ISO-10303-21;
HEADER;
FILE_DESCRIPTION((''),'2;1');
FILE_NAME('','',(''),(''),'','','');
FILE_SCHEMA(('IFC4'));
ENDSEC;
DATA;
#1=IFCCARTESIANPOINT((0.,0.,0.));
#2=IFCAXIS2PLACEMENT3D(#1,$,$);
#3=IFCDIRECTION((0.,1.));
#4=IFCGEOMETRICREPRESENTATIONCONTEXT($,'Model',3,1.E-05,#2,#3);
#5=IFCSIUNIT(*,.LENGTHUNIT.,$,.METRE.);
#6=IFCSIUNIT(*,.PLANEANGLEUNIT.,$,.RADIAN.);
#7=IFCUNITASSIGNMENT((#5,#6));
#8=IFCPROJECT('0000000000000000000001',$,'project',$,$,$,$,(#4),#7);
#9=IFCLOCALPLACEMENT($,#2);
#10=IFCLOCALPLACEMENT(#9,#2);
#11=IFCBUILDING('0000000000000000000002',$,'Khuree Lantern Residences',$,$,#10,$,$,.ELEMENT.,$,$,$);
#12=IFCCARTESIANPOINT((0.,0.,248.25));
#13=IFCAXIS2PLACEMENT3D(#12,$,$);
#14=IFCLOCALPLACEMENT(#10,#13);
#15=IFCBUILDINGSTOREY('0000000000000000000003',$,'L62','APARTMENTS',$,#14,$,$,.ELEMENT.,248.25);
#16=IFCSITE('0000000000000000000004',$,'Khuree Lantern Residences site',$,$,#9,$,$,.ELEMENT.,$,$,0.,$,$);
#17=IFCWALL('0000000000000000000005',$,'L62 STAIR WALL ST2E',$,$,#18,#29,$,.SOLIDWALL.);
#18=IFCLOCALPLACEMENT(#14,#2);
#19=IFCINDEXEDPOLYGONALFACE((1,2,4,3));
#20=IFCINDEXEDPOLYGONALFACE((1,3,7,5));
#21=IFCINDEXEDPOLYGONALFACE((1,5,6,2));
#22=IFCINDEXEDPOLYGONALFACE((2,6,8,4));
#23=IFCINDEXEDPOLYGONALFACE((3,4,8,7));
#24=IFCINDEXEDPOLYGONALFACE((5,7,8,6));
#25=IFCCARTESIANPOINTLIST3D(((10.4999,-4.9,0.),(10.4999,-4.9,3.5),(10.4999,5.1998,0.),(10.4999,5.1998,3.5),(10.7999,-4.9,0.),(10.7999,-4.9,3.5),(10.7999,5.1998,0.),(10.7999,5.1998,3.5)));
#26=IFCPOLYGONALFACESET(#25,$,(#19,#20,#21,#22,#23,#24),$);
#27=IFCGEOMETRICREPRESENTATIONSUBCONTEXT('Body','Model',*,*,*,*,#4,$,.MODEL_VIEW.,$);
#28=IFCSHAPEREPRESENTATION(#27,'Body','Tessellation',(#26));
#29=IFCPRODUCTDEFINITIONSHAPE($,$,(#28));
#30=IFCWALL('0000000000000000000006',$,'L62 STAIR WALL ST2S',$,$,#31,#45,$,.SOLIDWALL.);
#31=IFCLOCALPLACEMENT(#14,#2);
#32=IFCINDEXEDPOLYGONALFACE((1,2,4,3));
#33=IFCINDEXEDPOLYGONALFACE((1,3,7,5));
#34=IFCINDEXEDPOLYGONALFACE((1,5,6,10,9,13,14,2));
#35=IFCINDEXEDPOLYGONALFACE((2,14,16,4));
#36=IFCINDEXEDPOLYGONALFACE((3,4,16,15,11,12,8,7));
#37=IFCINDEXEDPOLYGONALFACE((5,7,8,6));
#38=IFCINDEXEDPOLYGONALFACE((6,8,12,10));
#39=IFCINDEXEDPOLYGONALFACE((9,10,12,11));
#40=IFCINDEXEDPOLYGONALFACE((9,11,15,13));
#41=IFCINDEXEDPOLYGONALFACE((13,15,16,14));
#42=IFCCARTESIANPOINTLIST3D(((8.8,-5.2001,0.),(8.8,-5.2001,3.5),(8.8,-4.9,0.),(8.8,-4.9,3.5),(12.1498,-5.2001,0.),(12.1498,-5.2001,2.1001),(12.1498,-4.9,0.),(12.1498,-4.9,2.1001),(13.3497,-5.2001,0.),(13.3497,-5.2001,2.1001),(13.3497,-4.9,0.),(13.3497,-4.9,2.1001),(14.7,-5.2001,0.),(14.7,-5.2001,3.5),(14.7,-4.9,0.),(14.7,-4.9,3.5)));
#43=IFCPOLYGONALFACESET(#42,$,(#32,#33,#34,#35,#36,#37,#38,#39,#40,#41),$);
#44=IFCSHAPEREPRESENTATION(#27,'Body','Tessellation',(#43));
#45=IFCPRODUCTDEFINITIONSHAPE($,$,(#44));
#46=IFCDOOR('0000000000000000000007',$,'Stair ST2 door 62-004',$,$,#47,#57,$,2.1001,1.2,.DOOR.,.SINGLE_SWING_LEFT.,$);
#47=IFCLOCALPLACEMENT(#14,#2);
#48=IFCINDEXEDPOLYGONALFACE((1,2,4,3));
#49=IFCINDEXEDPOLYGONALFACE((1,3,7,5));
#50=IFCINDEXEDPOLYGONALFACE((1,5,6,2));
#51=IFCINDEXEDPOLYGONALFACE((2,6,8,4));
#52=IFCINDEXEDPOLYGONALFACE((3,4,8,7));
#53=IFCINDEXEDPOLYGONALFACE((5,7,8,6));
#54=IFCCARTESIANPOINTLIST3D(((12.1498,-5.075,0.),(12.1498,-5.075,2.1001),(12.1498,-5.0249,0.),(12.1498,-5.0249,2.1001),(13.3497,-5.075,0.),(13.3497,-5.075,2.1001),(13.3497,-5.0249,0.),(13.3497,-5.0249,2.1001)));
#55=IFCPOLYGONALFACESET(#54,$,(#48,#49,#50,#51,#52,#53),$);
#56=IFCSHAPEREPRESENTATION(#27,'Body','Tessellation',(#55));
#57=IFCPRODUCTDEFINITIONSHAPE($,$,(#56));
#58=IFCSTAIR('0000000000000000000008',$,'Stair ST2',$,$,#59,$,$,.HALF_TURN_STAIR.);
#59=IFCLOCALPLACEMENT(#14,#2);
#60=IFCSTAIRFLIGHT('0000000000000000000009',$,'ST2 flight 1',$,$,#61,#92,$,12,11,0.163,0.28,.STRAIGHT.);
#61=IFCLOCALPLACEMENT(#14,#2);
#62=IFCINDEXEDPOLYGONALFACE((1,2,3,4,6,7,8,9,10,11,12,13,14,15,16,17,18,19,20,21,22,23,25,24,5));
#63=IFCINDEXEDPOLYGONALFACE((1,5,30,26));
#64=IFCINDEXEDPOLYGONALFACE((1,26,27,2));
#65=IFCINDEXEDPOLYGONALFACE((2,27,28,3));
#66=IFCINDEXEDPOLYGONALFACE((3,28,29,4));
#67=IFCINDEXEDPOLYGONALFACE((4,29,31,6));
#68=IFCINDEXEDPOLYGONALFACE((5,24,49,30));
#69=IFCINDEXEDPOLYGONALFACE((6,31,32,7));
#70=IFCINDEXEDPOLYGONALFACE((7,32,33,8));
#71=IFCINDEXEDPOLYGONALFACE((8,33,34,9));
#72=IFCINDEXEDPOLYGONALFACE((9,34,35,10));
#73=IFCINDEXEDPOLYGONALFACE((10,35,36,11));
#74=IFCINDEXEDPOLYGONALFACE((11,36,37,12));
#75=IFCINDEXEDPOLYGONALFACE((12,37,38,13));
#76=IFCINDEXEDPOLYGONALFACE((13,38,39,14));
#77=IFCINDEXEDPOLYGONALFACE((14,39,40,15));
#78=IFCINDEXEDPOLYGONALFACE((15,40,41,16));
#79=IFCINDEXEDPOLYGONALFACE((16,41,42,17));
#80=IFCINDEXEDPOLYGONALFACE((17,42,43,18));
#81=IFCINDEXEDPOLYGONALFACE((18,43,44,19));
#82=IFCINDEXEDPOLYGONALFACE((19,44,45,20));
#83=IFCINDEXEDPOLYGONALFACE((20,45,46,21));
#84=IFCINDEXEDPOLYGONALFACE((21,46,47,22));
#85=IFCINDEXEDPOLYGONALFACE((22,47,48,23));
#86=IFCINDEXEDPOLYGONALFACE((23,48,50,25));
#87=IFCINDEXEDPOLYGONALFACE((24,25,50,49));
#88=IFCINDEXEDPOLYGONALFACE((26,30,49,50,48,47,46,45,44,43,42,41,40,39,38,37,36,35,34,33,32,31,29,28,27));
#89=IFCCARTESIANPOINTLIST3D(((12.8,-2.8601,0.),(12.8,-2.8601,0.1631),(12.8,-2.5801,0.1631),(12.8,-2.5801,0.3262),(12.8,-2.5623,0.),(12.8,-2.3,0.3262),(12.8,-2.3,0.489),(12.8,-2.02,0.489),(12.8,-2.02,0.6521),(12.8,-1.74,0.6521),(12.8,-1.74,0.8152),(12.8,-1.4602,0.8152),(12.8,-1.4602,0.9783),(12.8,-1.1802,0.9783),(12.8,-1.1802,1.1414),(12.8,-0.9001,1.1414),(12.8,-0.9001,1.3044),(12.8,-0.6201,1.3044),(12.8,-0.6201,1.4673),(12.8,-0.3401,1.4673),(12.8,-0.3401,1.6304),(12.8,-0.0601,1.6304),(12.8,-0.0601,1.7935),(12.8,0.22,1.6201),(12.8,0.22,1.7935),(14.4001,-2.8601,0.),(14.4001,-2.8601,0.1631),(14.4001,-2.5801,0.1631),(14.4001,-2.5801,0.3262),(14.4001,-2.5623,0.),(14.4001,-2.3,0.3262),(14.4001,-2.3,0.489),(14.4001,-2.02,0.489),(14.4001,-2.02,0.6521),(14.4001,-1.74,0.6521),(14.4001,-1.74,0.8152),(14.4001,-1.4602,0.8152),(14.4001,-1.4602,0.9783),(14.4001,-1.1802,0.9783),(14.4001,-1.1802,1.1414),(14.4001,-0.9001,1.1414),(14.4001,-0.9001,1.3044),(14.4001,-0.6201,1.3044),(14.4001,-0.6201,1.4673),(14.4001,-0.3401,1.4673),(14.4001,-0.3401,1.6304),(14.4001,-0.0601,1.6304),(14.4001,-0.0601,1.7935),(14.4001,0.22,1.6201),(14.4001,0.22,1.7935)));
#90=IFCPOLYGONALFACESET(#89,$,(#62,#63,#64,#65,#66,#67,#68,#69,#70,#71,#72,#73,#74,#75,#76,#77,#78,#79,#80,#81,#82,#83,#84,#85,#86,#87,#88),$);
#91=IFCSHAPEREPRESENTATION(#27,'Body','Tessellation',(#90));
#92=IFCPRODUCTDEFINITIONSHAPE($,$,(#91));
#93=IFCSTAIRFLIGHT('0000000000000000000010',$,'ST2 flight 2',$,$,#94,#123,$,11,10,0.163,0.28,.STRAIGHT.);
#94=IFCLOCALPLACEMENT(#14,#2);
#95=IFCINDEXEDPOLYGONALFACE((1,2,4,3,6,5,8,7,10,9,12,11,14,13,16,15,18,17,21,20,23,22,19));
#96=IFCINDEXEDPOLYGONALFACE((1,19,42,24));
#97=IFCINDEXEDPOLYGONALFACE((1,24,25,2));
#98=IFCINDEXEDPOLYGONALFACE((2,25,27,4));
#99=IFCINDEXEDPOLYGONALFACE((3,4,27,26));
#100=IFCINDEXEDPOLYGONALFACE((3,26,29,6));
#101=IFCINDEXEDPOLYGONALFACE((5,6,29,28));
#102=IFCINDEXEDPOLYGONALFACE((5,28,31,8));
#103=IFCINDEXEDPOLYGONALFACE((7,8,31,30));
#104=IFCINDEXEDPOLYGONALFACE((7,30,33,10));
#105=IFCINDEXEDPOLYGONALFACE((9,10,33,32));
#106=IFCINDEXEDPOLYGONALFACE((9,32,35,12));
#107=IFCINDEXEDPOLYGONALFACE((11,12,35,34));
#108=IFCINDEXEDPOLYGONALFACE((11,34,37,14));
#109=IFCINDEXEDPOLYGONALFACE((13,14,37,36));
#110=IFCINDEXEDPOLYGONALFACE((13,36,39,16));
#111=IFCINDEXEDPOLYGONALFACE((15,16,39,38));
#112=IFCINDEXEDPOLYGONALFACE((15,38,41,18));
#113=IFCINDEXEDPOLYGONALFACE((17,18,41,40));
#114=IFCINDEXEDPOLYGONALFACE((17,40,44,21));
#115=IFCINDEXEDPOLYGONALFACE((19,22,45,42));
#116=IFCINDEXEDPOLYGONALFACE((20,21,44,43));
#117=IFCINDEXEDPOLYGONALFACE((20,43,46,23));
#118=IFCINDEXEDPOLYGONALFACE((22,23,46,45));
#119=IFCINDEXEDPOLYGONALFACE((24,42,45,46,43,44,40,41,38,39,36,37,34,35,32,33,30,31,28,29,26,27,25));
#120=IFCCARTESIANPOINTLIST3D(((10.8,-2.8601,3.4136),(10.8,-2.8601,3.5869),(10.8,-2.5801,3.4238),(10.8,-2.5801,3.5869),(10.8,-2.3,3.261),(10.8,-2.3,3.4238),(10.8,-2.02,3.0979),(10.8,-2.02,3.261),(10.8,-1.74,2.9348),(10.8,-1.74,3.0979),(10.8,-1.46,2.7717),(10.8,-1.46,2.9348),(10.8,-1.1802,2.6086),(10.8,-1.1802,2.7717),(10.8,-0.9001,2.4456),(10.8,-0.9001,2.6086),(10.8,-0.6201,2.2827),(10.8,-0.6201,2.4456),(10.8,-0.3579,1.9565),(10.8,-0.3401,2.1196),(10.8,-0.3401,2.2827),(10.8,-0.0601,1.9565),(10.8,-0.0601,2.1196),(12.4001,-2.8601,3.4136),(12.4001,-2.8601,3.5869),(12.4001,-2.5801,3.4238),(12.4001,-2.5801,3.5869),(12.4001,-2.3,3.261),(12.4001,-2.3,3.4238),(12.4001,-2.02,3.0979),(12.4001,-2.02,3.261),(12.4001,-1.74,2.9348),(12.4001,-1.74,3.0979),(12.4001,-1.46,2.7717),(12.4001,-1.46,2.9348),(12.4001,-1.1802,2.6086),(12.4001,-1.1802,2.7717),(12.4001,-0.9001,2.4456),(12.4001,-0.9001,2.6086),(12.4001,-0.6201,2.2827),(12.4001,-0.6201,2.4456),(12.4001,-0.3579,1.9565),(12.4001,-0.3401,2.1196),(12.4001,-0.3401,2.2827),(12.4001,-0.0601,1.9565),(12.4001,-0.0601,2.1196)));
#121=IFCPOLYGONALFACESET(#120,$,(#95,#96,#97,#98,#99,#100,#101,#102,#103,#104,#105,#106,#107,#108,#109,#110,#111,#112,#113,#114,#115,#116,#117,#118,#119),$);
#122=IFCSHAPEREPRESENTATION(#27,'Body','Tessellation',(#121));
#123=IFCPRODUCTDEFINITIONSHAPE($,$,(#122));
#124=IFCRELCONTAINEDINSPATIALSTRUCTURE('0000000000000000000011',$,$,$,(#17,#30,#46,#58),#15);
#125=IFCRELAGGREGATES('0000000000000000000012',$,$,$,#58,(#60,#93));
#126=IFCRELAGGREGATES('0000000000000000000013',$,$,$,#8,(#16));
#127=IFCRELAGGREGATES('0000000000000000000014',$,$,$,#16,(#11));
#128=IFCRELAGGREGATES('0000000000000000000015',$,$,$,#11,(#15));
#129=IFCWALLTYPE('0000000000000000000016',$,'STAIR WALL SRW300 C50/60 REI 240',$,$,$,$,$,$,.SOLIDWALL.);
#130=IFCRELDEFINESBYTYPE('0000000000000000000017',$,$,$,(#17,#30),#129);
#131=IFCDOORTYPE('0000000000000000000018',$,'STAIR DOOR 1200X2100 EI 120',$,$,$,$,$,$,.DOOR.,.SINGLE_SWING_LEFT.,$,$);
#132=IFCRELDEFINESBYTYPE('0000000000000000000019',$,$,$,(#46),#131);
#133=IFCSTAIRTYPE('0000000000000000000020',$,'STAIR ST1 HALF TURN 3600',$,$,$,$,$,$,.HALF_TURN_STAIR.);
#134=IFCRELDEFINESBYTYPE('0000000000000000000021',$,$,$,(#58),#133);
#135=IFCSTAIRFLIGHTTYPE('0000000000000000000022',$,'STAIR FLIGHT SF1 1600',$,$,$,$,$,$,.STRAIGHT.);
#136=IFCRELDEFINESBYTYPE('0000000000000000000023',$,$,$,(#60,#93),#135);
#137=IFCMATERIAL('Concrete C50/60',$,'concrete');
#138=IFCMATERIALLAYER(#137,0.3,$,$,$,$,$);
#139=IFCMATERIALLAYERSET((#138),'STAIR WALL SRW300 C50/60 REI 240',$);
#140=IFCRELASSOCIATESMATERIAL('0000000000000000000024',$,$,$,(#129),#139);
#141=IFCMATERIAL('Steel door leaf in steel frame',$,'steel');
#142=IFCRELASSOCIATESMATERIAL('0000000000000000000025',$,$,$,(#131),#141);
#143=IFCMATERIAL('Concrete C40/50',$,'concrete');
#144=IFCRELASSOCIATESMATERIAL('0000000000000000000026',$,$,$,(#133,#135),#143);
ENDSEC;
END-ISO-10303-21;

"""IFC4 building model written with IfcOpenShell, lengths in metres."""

from ifc_helpers import new_model, si_unit, direction, frame, frame_2d, origin, place, context, subcontext, project, spatial, polyline, rectangle, outline, extrude, material, layer, layer_set, type_object, element, fill, aggregate, save


model = new_model("IFC4")

# Units and contexts
model_context = context("Model", 3, precision=1e-05, world=origin(), true_north=direction((0.0, 1.0)))
body_context = subcontext(model_context, "Body", "Model", "MODEL_VIEW")
ifc_project = project(units=[si_unit("LENGTHUNIT", "METRE"), si_unit("PLANEANGLEUNIT", "RADIAN")], contexts=[model_context])

# Site, building, storey
site_placement = place(None, origin())
site = spatial("IfcSite", under=ifc_project, at=site_placement, Name="Khuree Lantern Residences site", CompositionType="ELEMENT", RefElevation=0.0)
building_placement = place(site_placement, origin())
building = spatial("IfcBuilding", under=site, at=building_placement, Name="Khuree Lantern Residences", CompositionType="ELEMENT")
storey_placement = place(building_placement, frame((0.0, 0.0, 248.25)))
storey = spatial("IfcBuildingStorey", under=building, at=storey_placement, Name="L62", Description="APARTMENTS", CompositionType="ELEMENT", Elevation=248.25)

# Shared definitions
ifc_material_1 = material(Name="Concrete C50/60", Category="concrete")

# Shared definitions
ifc_material_2 = material(Name="Steel door leaf in steel frame", Category="steel")

# Wall
ifc_layer_1 = layer(ifc_material_1, 0.3)
ifc_layer_set_1 = layer_set([ifc_layer_1], Name="STAIR WALL SRW300 C50/60 REI 240")
wall_type_1 = type_object("IfcWallType", Name="STAIR WALL SRW300 C50/60 REI 240", PredefinedType="SOLIDWALL", material=ifc_layer_set_1)
wall_1_placement = place(storey_placement, frame((10.6499, -4.8999, 0.0), z_axis=(0.0, 0.0, 1.0), x_axis=(0.0, 1.0, 0.0)))
element("IfcWall", 1, at=wall_1_placement, inside=storey, type_object=wall_type_1, Name="L62 STAIR WALL ST2E", PredefinedType="SOLIDWALL", context=body_context, shape_type="SweptSolid", body=[
    extrude(rectangle(XDim=10.0999, YDim=0.3, at=frame_2d((5.0498, 0.0))), origin(), (0.0, 0.0, 1.0), 3.5),
])

# Wall, opening, door
wall_2_placement = place(storey_placement, frame((14.7, -5.05, 0.0), z_axis=(0.0, 0.0, 1.0), x_axis=(-1.0, 0.0, 0.0)))
wall_2 = element("IfcWall", 2, at=wall_2_placement, inside=storey, type_object=wall_type_1, Name="L62 STAIR WALL ST2S", PredefinedType="SOLIDWALL", context=body_context, shape_type="SweptSolid", body=[
    extrude(rectangle(XDim=5.8999, YDim=0.3, at=frame_2d((2.95, 0.0))), origin(), (0.0, 0.0, 1.0), 3.5),
])
opening_1_placement = place(wall_2_placement, frame((1.3501, 0.0, 0.0)))
opening_1 = element("IfcOpeningElement", 3, at=opening_1_placement, cuts=wall_2, PredefinedType="OPENING", context=body_context, shape_type="SweptSolid", body=[
    extrude(rectangle(XDim=1.2, YDim=2.1001, at=frame_2d((0.6001, 1.05))), frame((0.0, 0.1602, 0.0), z_axis=(0.0, -1.0, 0.0), x_axis=(1.0, 0.0, 0.0)), (0.0, 0.0, 1.0), 0.3201),
])
door_type_1 = type_object("IfcDoorType", Name="STAIR DOOR 1200X2100 EI 120", OperationType="SINGLE_SWING_LEFT", PredefinedType="DOOR", material=ifc_material_2)
door_1_placement = place(opening_1_placement, origin())
door_1 = element("IfcDoor", 4, at=door_1_placement, inside=storey, type_object=door_type_1, Name="Stair ST2 door 62-004", OperationType="SINGLE_SWING_LEFT", OverallHeight=2.1001, OverallWidth=1.2, PredefinedType="DOOR", context=body_context, shape_type="SweptSolid", body=[
    extrude(rectangle(XDim=1.2, YDim=2.1001, at=frame_2d((0.6001, 1.05))), frame((0.0, 0.0249, 0.0), z_axis=(0.0, -1.0, 0.0), x_axis=(1.0, 0.0, 0.0)), (0.0, 0.0, 1.0), 0.05),
])
fill(opening_1, door_1)

# Stair, stair flights
ifc_material_3 = material(Name="Concrete C40/50", Category="concrete")
stair_type = type_object("IfcStairType", Name="STAIR ST1 HALF TURN 3600", PredefinedType="HALF_TURN_STAIR", material=ifc_material_3)
stair_placement = place(storey_placement, origin())
stair = element("IfcStair", 5, at=stair_placement, inside=storey, type_object=stair_type, Name="Stair ST2", PredefinedType="HALF_TURN_STAIR")
stair_flight_type = type_object("IfcStairFlightType", Name="STAIR FLIGHT SF1 1600", PredefinedType="STRAIGHT", material=ifc_material_3)
stair_flight_1_placement = place(storey_placement, frame((13.6001, -2.8601, 0.0), z_axis=(0.0, 0.0, 1.0), x_axis=(0.0, 1.0, 0.0)))
stair_flight_1 = element("IfcStairFlight", 6, at=stair_flight_1_placement, type_object=stair_flight_type, Name="ST2 flight 1", NumberOfRisers=12, NumberOfTreads=11, PredefinedType="STRAIGHT", RiserHeight=0.163, TreadLength=0.28, context=body_context, shape_type="SweptSolid", body=[
    extrude(outline(polyline([(0.0, 0.0), (0.0, 0.1631), (0.28, 0.1631), (0.28, 0.3262), (0.5601, 0.3262), (0.5601, 0.489), (0.8401, 0.489), (0.8401, 0.6521), (1.1201, 0.6521), (1.1201, 0.8152), (1.3999, 0.8152), (1.3999, 0.9783), (1.6799, 0.9783), (1.6799, 1.1414), (1.96, 1.1414), (1.96, 1.3044), (2.24, 1.3044), (2.24, 1.4673), (2.52, 1.4673), (2.52, 1.6304), (2.8, 1.6304), (2.8, 1.7935), (3.0801, 1.7935), (3.0801, 1.9565), (3.0801, 1.6201), (0.2979, 0.0), (0.0, 0.0)])), frame((0.0, 0.8, 0.0), z_axis=(0.0, -1.0, 0.0), x_axis=(1.0, 0.0, 0.0)), (0.0, 0.0, 1.0), 1.6001),
])
stair_flight_2_placement = place(storey_placement, frame((11.6001, -0.0601, 1.9565), z_axis=(0.0, 0.0, 1.0), x_axis=(0.0, -1.0, 0.0)))
stair_flight_2 = element("IfcStairFlight", 7, at=stair_flight_2_placement, type_object=stair_flight_type, Name="ST2 flight 2", NumberOfRisers=11, NumberOfTreads=10, PredefinedType="STRAIGHT", RiserHeight=0.163, TreadLength=0.28, context=body_context, shape_type="SweptSolid", body=[
    extrude(outline(polyline([(0.0, 0.0), (0.0, 0.1631), (0.28, 0.1631), (0.28, 0.3262), (0.5601, 0.3262), (0.5601, 0.489), (0.8401, 0.489), (0.8401, 0.6521), (1.1201, 0.6521), (1.1201, 0.8152), (1.3999, 0.8152), (1.3999, 0.9783), (1.6799, 0.9783), (1.6799, 1.1414), (1.96, 1.1414), (1.96, 1.3044), (2.24, 1.3044), (2.24, 1.4673), (2.52, 1.4673), (2.52, 1.6304), (2.8, 1.6304), (2.8, 1.7935), (2.8, 1.457), (0.2979, 0.0), (0.0, 0.0)])), frame((0.0, 0.8, 0.0), z_axis=(0.0, -1.0, 0.0), x_axis=(1.0, 0.0, 0.0)), (0.0, 0.0, 1.0), 1.6001),
])
aggregate(stair, [stair_flight_1, stair_flight_2])

save(model, "model.ifc")
